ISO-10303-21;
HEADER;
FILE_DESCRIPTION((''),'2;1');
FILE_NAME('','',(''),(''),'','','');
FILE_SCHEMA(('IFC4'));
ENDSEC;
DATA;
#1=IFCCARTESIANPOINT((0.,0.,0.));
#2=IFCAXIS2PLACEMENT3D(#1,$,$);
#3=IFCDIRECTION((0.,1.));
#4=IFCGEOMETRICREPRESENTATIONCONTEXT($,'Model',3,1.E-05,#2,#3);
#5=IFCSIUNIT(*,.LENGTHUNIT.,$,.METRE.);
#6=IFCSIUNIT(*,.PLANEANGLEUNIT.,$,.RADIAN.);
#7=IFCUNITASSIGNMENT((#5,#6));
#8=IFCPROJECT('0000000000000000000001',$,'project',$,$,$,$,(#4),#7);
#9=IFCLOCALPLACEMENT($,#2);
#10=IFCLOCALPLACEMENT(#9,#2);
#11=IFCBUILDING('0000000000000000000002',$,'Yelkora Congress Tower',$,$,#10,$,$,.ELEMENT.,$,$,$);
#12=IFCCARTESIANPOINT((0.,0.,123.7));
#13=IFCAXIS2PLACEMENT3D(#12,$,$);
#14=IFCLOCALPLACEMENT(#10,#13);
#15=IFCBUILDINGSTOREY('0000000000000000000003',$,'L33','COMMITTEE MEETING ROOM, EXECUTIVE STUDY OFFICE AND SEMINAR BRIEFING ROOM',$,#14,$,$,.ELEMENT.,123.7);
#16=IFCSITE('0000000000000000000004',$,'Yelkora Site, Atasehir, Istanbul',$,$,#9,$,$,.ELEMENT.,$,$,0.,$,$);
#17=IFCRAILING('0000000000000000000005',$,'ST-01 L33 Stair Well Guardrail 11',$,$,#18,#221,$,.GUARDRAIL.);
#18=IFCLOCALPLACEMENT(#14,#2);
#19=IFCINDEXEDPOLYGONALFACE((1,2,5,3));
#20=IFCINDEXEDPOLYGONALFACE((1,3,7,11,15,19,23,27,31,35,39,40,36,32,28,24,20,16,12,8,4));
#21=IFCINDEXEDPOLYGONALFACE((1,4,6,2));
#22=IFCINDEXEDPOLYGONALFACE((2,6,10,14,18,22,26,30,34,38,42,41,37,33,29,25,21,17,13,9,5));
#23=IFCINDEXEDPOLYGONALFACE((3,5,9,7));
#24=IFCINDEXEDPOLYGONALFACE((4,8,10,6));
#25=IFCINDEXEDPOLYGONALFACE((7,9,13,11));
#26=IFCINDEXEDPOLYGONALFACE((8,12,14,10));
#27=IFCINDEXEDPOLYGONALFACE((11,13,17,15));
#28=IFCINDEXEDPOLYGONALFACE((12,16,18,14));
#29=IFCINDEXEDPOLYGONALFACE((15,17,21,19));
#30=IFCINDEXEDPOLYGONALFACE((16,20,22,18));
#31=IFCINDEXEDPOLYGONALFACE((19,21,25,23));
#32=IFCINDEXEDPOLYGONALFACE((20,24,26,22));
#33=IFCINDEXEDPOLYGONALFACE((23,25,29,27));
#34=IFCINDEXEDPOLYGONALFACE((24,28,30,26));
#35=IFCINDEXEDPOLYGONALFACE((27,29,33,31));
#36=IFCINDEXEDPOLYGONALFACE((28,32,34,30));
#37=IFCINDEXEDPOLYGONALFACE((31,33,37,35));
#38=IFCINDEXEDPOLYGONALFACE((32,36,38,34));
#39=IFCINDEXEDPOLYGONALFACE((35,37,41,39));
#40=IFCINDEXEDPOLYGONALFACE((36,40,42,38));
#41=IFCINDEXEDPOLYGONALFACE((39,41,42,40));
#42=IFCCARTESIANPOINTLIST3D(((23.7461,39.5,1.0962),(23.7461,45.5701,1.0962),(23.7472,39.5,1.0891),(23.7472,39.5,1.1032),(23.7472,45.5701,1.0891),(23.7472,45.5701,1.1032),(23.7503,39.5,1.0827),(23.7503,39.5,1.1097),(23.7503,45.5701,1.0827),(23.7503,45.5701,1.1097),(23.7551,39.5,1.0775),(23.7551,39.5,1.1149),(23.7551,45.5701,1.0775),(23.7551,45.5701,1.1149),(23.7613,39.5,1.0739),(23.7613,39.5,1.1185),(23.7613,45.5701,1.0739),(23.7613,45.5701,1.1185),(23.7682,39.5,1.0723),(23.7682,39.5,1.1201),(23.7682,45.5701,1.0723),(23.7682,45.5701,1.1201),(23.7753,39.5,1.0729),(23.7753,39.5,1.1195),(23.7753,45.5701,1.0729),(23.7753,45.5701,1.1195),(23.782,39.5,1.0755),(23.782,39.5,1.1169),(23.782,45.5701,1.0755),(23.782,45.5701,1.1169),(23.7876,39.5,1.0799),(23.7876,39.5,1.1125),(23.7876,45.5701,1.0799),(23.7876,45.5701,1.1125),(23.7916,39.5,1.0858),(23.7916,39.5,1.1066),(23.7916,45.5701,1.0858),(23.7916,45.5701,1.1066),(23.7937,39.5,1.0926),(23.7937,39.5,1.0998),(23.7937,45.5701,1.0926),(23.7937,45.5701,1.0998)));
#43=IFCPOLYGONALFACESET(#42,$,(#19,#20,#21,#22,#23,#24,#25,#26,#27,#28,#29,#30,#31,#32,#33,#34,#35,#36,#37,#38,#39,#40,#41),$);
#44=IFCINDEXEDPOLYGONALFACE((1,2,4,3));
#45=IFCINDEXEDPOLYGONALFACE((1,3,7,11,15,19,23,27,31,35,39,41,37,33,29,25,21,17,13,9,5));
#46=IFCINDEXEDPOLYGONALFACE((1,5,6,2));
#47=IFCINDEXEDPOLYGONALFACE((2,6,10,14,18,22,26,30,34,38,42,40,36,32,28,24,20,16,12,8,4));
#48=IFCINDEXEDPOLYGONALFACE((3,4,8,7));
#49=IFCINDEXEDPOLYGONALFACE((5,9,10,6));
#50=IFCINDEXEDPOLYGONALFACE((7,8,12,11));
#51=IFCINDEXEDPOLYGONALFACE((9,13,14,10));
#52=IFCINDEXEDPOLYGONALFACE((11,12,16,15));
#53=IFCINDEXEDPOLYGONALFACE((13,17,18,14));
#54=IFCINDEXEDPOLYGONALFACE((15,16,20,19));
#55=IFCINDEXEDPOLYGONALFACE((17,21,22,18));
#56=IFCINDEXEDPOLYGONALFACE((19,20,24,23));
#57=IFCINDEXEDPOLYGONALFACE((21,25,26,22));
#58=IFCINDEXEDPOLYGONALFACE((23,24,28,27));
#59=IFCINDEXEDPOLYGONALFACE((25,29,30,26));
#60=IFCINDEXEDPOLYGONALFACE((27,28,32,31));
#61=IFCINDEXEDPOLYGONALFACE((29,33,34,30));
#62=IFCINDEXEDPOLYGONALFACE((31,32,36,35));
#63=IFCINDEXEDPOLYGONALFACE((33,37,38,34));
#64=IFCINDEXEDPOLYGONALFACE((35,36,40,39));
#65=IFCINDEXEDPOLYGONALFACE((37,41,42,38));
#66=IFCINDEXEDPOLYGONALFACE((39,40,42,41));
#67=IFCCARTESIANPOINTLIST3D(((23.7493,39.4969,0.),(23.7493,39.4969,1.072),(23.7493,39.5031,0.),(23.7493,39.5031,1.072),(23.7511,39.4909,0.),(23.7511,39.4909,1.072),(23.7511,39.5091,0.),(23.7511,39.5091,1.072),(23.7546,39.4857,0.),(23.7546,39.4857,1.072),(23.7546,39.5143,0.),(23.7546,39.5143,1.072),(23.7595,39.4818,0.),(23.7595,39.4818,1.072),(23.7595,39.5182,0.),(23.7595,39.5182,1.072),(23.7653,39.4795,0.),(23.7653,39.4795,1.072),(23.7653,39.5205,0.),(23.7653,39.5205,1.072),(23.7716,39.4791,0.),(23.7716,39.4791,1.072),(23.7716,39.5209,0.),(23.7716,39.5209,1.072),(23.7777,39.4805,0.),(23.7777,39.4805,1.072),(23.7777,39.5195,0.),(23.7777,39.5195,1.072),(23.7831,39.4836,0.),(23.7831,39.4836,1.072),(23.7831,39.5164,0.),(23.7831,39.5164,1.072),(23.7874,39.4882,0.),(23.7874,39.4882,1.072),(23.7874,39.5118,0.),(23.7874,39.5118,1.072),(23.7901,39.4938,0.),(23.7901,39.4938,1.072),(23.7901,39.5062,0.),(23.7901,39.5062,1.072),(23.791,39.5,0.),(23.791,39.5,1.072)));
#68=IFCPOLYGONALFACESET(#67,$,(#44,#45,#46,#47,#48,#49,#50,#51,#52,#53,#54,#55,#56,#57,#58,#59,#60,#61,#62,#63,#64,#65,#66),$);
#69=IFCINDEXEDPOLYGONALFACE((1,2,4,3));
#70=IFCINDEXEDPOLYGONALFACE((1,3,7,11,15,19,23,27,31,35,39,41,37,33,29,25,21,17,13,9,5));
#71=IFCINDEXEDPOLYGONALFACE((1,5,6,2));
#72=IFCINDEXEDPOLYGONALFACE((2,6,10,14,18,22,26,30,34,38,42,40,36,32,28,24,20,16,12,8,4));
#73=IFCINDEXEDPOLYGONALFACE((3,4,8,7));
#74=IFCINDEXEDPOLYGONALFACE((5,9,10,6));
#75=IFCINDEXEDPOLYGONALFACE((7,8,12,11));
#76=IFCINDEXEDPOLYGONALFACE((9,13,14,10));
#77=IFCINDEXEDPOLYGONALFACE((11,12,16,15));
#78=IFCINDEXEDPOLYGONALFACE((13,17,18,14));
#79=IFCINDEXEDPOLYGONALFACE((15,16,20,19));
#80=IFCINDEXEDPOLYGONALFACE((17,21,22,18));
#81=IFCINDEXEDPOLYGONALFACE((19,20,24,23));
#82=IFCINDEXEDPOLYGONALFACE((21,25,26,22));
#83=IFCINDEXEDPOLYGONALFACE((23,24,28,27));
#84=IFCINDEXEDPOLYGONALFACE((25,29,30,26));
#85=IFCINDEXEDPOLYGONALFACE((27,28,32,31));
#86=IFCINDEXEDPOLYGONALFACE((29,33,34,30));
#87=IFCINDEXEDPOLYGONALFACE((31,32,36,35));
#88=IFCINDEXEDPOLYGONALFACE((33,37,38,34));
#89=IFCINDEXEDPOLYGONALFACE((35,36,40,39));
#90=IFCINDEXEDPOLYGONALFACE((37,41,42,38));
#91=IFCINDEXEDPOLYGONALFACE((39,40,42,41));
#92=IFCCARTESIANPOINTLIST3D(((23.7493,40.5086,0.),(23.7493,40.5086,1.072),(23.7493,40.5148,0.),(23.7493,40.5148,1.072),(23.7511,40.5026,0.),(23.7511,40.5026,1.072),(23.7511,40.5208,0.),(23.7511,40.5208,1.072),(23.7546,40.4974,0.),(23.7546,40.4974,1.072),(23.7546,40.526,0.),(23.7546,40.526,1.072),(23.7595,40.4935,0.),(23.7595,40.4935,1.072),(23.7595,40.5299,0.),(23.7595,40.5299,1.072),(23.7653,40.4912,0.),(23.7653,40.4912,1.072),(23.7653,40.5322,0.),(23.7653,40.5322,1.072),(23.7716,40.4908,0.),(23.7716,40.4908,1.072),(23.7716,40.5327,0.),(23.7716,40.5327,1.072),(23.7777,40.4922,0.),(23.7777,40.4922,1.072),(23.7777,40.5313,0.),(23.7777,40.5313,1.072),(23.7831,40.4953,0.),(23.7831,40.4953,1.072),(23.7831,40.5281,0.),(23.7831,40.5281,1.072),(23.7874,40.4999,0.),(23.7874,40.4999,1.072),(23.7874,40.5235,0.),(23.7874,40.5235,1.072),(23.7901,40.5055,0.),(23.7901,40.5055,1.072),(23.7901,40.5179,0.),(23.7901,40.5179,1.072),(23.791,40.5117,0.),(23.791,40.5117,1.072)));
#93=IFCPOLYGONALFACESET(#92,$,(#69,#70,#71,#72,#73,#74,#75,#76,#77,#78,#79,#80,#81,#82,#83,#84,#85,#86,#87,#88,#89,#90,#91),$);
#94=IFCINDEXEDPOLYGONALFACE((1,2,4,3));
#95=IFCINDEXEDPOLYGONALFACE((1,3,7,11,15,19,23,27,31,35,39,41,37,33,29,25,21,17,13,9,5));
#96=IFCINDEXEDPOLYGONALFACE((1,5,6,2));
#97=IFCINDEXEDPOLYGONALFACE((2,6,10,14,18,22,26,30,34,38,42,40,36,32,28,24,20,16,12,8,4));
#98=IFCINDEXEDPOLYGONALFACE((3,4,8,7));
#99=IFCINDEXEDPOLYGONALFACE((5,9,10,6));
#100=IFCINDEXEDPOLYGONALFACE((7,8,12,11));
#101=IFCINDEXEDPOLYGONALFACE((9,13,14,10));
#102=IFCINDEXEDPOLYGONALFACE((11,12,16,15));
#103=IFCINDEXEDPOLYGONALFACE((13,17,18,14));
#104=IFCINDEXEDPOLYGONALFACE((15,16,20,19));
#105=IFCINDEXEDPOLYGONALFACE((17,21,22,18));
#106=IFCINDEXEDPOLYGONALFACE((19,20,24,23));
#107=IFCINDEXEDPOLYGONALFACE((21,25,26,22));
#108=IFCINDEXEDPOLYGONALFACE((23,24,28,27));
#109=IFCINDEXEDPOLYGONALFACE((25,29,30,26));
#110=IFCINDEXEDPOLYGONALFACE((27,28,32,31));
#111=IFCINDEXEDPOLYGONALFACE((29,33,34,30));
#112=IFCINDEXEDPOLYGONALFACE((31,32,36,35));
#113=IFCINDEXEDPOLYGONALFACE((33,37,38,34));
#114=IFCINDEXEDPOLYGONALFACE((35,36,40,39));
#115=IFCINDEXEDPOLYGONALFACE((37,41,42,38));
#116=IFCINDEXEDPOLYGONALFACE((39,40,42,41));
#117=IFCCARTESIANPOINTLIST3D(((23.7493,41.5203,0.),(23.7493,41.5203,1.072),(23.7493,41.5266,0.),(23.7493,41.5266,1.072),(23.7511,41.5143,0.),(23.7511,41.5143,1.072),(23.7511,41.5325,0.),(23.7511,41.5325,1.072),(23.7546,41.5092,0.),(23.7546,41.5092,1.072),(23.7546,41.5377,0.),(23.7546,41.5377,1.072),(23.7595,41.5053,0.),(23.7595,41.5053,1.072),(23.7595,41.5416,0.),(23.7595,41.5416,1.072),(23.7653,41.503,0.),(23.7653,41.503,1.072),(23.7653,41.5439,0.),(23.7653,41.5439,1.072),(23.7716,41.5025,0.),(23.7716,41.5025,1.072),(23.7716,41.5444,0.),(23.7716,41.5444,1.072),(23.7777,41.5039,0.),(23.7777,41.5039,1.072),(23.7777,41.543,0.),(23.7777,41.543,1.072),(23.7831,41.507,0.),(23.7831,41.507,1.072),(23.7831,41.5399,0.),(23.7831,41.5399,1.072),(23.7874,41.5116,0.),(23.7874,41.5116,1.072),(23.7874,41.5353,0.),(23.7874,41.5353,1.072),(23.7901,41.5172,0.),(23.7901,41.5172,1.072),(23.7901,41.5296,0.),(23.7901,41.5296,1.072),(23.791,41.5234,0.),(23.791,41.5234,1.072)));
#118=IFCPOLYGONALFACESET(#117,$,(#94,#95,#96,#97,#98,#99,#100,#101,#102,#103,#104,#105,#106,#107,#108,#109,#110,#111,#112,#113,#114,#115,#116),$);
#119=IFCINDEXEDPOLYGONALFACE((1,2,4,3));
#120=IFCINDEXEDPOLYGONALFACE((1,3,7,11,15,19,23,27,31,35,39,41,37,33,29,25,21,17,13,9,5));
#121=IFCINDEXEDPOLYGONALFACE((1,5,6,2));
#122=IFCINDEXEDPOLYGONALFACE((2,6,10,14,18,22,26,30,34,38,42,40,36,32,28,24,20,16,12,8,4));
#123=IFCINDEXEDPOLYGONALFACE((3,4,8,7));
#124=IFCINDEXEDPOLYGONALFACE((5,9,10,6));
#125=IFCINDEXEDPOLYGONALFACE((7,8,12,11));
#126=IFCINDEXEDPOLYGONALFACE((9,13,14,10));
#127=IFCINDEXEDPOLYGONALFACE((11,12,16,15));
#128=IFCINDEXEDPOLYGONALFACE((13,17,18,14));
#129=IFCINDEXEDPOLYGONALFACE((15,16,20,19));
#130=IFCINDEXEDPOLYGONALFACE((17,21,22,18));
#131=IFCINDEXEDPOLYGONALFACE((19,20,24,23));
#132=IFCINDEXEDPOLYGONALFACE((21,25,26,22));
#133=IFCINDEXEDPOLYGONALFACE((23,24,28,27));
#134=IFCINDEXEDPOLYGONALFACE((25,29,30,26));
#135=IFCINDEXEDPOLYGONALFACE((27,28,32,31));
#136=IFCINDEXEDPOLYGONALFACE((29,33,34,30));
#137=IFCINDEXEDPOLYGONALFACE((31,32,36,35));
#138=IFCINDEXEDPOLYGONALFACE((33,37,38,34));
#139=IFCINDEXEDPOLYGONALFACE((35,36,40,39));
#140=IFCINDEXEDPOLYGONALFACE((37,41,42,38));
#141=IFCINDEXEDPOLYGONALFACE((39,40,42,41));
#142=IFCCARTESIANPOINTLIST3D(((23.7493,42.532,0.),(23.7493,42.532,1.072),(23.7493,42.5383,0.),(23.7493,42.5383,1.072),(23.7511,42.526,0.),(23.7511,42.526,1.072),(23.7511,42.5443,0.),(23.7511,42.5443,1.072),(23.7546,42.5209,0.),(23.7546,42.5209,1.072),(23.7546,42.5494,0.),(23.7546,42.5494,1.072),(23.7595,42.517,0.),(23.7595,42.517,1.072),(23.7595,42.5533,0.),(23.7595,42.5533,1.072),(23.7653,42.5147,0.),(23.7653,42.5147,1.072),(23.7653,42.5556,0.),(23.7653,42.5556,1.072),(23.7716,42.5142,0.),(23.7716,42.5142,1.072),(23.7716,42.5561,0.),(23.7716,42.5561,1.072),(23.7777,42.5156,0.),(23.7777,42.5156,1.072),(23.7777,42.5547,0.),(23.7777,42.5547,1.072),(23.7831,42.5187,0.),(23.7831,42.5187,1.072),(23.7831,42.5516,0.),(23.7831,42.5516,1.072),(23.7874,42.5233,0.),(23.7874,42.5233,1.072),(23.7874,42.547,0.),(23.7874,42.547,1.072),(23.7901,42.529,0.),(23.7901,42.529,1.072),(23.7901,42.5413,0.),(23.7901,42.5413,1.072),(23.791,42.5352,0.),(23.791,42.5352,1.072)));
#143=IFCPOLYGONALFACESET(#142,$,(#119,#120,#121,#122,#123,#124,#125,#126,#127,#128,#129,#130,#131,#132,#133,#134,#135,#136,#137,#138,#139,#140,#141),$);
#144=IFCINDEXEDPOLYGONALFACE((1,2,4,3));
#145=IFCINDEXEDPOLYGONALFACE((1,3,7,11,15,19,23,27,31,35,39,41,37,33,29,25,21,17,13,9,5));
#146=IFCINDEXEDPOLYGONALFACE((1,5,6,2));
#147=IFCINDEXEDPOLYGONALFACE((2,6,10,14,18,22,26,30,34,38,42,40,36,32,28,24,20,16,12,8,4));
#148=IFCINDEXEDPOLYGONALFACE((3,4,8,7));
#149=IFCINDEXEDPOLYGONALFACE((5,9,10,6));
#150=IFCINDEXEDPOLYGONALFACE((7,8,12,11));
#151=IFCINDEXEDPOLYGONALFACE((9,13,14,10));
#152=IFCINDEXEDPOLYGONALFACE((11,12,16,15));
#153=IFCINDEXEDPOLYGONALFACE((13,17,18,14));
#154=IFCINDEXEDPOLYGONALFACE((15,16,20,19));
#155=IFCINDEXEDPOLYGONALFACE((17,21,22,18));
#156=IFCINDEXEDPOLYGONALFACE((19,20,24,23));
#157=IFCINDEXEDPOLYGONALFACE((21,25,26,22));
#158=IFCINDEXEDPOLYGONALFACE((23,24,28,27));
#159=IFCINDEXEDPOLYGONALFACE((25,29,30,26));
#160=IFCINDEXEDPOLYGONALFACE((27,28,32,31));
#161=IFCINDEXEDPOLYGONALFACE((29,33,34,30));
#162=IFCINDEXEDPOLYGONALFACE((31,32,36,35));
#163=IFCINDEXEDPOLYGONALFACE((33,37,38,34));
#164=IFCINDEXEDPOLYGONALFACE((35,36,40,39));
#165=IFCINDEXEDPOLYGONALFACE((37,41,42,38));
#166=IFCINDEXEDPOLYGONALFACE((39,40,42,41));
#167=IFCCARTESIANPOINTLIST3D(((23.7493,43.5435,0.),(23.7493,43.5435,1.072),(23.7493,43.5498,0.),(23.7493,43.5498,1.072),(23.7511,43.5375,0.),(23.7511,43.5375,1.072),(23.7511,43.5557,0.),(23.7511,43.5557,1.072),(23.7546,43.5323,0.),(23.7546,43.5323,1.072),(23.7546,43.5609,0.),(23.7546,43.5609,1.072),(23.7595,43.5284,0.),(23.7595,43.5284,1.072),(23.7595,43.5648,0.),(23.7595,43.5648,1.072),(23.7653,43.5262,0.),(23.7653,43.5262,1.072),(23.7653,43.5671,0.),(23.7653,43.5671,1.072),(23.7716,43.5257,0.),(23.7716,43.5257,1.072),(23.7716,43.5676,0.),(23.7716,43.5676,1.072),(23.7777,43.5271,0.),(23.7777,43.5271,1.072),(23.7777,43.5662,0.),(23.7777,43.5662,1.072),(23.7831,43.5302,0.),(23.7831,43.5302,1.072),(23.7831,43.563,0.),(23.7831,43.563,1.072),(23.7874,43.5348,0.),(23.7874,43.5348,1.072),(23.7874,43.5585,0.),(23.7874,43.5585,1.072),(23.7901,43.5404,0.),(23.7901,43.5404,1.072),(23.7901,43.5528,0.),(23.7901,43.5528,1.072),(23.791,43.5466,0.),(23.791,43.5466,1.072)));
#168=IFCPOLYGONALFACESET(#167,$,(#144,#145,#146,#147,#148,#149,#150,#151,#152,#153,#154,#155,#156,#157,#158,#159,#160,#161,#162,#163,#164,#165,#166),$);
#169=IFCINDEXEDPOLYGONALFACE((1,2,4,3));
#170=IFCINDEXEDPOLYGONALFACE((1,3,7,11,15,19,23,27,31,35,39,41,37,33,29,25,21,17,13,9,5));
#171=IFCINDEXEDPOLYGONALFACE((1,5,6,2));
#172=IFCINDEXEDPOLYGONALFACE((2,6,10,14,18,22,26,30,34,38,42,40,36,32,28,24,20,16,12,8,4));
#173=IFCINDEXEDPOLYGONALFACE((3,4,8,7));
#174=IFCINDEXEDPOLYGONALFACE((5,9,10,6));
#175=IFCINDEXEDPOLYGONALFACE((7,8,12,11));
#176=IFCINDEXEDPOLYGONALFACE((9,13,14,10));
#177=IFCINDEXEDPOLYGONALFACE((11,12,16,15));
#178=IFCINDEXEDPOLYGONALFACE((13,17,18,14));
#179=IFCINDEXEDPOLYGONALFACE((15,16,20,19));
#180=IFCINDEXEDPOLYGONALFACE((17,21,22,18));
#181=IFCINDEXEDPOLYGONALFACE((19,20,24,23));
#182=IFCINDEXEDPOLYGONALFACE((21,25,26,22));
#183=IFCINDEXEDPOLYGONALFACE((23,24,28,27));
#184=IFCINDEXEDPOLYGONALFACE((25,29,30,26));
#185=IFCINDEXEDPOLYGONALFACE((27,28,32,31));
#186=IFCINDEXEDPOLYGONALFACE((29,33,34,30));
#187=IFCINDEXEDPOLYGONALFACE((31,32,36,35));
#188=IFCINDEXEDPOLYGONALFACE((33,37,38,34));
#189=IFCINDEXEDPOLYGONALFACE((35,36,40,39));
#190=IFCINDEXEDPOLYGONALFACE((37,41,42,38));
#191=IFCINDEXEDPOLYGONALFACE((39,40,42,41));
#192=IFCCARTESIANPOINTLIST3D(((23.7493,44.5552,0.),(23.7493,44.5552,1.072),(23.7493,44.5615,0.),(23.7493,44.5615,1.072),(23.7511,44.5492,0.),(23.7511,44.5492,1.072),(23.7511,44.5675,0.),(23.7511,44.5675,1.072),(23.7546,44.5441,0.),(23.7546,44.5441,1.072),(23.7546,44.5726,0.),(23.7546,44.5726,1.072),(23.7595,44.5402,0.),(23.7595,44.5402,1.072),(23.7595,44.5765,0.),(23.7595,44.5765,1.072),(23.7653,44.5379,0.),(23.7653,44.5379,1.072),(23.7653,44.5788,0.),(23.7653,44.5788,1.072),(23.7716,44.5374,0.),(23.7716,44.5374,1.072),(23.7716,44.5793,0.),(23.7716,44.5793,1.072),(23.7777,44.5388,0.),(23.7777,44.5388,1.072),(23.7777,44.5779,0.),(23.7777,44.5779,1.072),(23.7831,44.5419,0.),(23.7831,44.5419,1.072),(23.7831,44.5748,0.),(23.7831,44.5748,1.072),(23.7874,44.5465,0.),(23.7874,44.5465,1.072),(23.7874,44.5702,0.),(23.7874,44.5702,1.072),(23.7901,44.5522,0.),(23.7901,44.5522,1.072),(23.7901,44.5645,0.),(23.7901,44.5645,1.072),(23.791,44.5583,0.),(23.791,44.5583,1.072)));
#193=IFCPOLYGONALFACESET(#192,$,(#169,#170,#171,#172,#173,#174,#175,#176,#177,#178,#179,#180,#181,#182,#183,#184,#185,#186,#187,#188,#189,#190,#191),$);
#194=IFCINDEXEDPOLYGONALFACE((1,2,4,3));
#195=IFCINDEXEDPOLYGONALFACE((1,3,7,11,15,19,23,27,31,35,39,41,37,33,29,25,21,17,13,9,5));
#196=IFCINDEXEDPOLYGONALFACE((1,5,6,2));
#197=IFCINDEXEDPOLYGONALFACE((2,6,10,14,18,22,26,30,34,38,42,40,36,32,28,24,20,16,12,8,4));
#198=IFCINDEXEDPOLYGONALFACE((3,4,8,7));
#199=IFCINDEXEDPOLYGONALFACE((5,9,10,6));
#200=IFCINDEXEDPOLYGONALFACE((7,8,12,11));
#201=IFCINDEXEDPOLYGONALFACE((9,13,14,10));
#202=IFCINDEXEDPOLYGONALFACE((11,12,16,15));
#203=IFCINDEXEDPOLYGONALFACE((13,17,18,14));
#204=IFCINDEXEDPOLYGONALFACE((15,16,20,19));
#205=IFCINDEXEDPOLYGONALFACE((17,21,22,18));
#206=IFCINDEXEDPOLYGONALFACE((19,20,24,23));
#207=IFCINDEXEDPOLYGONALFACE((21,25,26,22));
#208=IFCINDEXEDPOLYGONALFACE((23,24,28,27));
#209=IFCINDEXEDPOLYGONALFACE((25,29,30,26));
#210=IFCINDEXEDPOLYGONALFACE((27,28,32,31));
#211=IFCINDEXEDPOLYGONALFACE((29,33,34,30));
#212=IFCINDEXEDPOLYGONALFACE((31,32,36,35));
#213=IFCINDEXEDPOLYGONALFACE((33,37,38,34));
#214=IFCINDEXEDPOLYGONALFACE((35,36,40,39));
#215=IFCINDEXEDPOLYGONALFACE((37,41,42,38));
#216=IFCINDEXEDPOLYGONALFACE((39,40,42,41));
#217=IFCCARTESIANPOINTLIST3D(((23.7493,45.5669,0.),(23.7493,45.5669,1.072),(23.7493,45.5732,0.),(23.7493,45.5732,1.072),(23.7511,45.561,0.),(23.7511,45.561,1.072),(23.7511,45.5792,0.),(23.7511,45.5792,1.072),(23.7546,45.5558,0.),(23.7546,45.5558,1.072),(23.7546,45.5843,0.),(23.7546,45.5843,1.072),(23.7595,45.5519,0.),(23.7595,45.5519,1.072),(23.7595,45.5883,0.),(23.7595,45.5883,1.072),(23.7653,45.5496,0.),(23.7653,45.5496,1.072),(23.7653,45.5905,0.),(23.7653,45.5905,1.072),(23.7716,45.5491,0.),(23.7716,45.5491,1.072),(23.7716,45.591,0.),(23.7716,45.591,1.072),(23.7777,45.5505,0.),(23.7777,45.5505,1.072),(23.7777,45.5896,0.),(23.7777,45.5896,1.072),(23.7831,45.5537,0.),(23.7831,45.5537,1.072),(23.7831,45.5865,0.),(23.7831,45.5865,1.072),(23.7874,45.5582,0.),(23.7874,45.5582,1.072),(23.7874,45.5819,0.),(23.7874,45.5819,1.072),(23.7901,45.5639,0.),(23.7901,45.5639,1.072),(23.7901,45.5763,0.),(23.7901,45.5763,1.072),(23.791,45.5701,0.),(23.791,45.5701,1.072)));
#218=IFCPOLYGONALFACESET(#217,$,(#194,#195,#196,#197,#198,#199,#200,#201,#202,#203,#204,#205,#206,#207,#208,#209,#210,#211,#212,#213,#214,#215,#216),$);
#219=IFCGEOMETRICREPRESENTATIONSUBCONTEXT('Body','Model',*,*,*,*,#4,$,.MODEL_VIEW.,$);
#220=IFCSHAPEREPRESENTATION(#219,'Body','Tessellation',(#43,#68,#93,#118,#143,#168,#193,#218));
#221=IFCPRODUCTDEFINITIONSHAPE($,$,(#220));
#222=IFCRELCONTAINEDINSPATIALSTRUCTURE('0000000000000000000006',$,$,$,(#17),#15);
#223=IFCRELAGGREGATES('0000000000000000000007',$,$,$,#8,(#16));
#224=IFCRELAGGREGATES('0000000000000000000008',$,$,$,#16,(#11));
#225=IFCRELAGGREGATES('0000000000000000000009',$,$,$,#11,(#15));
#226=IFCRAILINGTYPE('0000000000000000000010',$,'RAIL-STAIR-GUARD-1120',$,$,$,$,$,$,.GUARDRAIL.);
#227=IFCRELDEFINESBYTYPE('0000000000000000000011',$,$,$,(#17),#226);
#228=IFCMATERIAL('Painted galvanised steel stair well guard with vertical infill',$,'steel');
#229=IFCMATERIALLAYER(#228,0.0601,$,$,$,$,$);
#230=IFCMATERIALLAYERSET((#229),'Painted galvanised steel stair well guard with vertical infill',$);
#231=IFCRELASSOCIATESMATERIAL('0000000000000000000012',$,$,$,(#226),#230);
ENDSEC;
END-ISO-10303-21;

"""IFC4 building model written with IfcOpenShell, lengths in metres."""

from ifc_helpers import new_model, si_unit, direction, frame, origin, origin_2d, place, context, subcontext, project, spatial, circle, extrude, material, layer, layer_set, type_object, element, save


model = new_model("IFC4")

# Units and contexts
model_context = context("Model", 3, precision=1e-05, world=origin(), true_north=direction((0.0, 1.0)))
body_context = subcontext(model_context, "Body", "Model", "MODEL_VIEW")
ifc_project = project(units=[si_unit("LENGTHUNIT", "METRE"), si_unit("PLANEANGLEUNIT", "RADIAN")], contexts=[model_context])

# Site, building, storey
site_placement = place(None, origin())
site = spatial("IfcSite", under=ifc_project, at=site_placement, Name="Yelkora Site, Atasehir, Istanbul", CompositionType="ELEMENT", RefElevation=0.0)
building_placement = place(site_placement, origin())
building = spatial("IfcBuilding", under=site, at=building_placement, Name="Yelkora Congress Tower", CompositionType="ELEMENT")
storey_placement = place(building_placement, frame((0.0, 0.0, 123.7)))
storey = spatial("IfcBuildingStorey", under=building, at=storey_placement, Name="L33", Description="COMMITTEE MEETING ROOM, EXECUTIVE STUDY OFFICE AND SEMINAR BRIEFING ROOM", CompositionType="ELEMENT", Elevation=123.7)

# Railing
ifc_material_1 = material(Name="Painted galvanised steel stair well guard with vertical infill", Category="steel")
ifc_layer_1 = layer(ifc_material_1, 0.0601)
ifc_layer_set_1 = layer_set([ifc_layer_1], Name="Painted galvanised steel stair well guard with vertical infill")
railing_type_1 = type_object("IfcRailingType", Name="RAIL-STAIR-GUARD-1120", PredefinedType="GUARDRAIL", material=ifc_layer_set_1)
railing_1_placement = place(storey_placement, frame((23.77, 39.5, 0.0)))
element("IfcRailing", 1, at=railing_1_placement, inside=storey, type_object=railing_type_1, Name="ST-01 L33 Stair Well Guardrail 11", PredefinedType="GUARDRAIL", context=body_context, shape_type="SweptSolid", body=[
    extrude(circle(Radius=0.0239, at=origin_2d()), frame((0.0, 0.0, 1.0962), z_axis=(0.0, 1.0, 0.0), x_axis=(-1.0, 0.0, 0.0)), (0.0, 0.0, 1.0), 6.0701),
    extrude(circle(Radius=0.021, at=origin_2d()), origin(), (0.0, 0.0, 1.0), 1.072),
    extrude(circle(Radius=0.021, at=origin_2d()), frame((0.0, 1.0117, 0.0)), (0.0, 0.0, 1.0), 1.072),
    extrude(circle(Radius=0.021, at=origin_2d()), frame((0.0, 2.0234, 0.0)), (0.0, 0.0, 1.0), 1.072),
    extrude(circle(Radius=0.021, at=origin_2d()), frame((0.0, 3.0352, 0.0)), (0.0, 0.0, 1.0), 1.072),
    extrude(circle(Radius=0.021, at=origin_2d()), frame((0.0, 4.0466, 0.0)), (0.0, 0.0, 1.0), 1.072),
    extrude(circle(Radius=0.021, at=origin_2d()), frame((0.0, 5.0583, 0.0)), (0.0, 0.0, 1.0), 1.072),
    extrude(circle(Radius=0.021, at=origin_2d()), frame((0.0, 6.0701, 0.0)), (0.0, 0.0, 1.0), 1.072),
])

save(model, "model.ifc")
